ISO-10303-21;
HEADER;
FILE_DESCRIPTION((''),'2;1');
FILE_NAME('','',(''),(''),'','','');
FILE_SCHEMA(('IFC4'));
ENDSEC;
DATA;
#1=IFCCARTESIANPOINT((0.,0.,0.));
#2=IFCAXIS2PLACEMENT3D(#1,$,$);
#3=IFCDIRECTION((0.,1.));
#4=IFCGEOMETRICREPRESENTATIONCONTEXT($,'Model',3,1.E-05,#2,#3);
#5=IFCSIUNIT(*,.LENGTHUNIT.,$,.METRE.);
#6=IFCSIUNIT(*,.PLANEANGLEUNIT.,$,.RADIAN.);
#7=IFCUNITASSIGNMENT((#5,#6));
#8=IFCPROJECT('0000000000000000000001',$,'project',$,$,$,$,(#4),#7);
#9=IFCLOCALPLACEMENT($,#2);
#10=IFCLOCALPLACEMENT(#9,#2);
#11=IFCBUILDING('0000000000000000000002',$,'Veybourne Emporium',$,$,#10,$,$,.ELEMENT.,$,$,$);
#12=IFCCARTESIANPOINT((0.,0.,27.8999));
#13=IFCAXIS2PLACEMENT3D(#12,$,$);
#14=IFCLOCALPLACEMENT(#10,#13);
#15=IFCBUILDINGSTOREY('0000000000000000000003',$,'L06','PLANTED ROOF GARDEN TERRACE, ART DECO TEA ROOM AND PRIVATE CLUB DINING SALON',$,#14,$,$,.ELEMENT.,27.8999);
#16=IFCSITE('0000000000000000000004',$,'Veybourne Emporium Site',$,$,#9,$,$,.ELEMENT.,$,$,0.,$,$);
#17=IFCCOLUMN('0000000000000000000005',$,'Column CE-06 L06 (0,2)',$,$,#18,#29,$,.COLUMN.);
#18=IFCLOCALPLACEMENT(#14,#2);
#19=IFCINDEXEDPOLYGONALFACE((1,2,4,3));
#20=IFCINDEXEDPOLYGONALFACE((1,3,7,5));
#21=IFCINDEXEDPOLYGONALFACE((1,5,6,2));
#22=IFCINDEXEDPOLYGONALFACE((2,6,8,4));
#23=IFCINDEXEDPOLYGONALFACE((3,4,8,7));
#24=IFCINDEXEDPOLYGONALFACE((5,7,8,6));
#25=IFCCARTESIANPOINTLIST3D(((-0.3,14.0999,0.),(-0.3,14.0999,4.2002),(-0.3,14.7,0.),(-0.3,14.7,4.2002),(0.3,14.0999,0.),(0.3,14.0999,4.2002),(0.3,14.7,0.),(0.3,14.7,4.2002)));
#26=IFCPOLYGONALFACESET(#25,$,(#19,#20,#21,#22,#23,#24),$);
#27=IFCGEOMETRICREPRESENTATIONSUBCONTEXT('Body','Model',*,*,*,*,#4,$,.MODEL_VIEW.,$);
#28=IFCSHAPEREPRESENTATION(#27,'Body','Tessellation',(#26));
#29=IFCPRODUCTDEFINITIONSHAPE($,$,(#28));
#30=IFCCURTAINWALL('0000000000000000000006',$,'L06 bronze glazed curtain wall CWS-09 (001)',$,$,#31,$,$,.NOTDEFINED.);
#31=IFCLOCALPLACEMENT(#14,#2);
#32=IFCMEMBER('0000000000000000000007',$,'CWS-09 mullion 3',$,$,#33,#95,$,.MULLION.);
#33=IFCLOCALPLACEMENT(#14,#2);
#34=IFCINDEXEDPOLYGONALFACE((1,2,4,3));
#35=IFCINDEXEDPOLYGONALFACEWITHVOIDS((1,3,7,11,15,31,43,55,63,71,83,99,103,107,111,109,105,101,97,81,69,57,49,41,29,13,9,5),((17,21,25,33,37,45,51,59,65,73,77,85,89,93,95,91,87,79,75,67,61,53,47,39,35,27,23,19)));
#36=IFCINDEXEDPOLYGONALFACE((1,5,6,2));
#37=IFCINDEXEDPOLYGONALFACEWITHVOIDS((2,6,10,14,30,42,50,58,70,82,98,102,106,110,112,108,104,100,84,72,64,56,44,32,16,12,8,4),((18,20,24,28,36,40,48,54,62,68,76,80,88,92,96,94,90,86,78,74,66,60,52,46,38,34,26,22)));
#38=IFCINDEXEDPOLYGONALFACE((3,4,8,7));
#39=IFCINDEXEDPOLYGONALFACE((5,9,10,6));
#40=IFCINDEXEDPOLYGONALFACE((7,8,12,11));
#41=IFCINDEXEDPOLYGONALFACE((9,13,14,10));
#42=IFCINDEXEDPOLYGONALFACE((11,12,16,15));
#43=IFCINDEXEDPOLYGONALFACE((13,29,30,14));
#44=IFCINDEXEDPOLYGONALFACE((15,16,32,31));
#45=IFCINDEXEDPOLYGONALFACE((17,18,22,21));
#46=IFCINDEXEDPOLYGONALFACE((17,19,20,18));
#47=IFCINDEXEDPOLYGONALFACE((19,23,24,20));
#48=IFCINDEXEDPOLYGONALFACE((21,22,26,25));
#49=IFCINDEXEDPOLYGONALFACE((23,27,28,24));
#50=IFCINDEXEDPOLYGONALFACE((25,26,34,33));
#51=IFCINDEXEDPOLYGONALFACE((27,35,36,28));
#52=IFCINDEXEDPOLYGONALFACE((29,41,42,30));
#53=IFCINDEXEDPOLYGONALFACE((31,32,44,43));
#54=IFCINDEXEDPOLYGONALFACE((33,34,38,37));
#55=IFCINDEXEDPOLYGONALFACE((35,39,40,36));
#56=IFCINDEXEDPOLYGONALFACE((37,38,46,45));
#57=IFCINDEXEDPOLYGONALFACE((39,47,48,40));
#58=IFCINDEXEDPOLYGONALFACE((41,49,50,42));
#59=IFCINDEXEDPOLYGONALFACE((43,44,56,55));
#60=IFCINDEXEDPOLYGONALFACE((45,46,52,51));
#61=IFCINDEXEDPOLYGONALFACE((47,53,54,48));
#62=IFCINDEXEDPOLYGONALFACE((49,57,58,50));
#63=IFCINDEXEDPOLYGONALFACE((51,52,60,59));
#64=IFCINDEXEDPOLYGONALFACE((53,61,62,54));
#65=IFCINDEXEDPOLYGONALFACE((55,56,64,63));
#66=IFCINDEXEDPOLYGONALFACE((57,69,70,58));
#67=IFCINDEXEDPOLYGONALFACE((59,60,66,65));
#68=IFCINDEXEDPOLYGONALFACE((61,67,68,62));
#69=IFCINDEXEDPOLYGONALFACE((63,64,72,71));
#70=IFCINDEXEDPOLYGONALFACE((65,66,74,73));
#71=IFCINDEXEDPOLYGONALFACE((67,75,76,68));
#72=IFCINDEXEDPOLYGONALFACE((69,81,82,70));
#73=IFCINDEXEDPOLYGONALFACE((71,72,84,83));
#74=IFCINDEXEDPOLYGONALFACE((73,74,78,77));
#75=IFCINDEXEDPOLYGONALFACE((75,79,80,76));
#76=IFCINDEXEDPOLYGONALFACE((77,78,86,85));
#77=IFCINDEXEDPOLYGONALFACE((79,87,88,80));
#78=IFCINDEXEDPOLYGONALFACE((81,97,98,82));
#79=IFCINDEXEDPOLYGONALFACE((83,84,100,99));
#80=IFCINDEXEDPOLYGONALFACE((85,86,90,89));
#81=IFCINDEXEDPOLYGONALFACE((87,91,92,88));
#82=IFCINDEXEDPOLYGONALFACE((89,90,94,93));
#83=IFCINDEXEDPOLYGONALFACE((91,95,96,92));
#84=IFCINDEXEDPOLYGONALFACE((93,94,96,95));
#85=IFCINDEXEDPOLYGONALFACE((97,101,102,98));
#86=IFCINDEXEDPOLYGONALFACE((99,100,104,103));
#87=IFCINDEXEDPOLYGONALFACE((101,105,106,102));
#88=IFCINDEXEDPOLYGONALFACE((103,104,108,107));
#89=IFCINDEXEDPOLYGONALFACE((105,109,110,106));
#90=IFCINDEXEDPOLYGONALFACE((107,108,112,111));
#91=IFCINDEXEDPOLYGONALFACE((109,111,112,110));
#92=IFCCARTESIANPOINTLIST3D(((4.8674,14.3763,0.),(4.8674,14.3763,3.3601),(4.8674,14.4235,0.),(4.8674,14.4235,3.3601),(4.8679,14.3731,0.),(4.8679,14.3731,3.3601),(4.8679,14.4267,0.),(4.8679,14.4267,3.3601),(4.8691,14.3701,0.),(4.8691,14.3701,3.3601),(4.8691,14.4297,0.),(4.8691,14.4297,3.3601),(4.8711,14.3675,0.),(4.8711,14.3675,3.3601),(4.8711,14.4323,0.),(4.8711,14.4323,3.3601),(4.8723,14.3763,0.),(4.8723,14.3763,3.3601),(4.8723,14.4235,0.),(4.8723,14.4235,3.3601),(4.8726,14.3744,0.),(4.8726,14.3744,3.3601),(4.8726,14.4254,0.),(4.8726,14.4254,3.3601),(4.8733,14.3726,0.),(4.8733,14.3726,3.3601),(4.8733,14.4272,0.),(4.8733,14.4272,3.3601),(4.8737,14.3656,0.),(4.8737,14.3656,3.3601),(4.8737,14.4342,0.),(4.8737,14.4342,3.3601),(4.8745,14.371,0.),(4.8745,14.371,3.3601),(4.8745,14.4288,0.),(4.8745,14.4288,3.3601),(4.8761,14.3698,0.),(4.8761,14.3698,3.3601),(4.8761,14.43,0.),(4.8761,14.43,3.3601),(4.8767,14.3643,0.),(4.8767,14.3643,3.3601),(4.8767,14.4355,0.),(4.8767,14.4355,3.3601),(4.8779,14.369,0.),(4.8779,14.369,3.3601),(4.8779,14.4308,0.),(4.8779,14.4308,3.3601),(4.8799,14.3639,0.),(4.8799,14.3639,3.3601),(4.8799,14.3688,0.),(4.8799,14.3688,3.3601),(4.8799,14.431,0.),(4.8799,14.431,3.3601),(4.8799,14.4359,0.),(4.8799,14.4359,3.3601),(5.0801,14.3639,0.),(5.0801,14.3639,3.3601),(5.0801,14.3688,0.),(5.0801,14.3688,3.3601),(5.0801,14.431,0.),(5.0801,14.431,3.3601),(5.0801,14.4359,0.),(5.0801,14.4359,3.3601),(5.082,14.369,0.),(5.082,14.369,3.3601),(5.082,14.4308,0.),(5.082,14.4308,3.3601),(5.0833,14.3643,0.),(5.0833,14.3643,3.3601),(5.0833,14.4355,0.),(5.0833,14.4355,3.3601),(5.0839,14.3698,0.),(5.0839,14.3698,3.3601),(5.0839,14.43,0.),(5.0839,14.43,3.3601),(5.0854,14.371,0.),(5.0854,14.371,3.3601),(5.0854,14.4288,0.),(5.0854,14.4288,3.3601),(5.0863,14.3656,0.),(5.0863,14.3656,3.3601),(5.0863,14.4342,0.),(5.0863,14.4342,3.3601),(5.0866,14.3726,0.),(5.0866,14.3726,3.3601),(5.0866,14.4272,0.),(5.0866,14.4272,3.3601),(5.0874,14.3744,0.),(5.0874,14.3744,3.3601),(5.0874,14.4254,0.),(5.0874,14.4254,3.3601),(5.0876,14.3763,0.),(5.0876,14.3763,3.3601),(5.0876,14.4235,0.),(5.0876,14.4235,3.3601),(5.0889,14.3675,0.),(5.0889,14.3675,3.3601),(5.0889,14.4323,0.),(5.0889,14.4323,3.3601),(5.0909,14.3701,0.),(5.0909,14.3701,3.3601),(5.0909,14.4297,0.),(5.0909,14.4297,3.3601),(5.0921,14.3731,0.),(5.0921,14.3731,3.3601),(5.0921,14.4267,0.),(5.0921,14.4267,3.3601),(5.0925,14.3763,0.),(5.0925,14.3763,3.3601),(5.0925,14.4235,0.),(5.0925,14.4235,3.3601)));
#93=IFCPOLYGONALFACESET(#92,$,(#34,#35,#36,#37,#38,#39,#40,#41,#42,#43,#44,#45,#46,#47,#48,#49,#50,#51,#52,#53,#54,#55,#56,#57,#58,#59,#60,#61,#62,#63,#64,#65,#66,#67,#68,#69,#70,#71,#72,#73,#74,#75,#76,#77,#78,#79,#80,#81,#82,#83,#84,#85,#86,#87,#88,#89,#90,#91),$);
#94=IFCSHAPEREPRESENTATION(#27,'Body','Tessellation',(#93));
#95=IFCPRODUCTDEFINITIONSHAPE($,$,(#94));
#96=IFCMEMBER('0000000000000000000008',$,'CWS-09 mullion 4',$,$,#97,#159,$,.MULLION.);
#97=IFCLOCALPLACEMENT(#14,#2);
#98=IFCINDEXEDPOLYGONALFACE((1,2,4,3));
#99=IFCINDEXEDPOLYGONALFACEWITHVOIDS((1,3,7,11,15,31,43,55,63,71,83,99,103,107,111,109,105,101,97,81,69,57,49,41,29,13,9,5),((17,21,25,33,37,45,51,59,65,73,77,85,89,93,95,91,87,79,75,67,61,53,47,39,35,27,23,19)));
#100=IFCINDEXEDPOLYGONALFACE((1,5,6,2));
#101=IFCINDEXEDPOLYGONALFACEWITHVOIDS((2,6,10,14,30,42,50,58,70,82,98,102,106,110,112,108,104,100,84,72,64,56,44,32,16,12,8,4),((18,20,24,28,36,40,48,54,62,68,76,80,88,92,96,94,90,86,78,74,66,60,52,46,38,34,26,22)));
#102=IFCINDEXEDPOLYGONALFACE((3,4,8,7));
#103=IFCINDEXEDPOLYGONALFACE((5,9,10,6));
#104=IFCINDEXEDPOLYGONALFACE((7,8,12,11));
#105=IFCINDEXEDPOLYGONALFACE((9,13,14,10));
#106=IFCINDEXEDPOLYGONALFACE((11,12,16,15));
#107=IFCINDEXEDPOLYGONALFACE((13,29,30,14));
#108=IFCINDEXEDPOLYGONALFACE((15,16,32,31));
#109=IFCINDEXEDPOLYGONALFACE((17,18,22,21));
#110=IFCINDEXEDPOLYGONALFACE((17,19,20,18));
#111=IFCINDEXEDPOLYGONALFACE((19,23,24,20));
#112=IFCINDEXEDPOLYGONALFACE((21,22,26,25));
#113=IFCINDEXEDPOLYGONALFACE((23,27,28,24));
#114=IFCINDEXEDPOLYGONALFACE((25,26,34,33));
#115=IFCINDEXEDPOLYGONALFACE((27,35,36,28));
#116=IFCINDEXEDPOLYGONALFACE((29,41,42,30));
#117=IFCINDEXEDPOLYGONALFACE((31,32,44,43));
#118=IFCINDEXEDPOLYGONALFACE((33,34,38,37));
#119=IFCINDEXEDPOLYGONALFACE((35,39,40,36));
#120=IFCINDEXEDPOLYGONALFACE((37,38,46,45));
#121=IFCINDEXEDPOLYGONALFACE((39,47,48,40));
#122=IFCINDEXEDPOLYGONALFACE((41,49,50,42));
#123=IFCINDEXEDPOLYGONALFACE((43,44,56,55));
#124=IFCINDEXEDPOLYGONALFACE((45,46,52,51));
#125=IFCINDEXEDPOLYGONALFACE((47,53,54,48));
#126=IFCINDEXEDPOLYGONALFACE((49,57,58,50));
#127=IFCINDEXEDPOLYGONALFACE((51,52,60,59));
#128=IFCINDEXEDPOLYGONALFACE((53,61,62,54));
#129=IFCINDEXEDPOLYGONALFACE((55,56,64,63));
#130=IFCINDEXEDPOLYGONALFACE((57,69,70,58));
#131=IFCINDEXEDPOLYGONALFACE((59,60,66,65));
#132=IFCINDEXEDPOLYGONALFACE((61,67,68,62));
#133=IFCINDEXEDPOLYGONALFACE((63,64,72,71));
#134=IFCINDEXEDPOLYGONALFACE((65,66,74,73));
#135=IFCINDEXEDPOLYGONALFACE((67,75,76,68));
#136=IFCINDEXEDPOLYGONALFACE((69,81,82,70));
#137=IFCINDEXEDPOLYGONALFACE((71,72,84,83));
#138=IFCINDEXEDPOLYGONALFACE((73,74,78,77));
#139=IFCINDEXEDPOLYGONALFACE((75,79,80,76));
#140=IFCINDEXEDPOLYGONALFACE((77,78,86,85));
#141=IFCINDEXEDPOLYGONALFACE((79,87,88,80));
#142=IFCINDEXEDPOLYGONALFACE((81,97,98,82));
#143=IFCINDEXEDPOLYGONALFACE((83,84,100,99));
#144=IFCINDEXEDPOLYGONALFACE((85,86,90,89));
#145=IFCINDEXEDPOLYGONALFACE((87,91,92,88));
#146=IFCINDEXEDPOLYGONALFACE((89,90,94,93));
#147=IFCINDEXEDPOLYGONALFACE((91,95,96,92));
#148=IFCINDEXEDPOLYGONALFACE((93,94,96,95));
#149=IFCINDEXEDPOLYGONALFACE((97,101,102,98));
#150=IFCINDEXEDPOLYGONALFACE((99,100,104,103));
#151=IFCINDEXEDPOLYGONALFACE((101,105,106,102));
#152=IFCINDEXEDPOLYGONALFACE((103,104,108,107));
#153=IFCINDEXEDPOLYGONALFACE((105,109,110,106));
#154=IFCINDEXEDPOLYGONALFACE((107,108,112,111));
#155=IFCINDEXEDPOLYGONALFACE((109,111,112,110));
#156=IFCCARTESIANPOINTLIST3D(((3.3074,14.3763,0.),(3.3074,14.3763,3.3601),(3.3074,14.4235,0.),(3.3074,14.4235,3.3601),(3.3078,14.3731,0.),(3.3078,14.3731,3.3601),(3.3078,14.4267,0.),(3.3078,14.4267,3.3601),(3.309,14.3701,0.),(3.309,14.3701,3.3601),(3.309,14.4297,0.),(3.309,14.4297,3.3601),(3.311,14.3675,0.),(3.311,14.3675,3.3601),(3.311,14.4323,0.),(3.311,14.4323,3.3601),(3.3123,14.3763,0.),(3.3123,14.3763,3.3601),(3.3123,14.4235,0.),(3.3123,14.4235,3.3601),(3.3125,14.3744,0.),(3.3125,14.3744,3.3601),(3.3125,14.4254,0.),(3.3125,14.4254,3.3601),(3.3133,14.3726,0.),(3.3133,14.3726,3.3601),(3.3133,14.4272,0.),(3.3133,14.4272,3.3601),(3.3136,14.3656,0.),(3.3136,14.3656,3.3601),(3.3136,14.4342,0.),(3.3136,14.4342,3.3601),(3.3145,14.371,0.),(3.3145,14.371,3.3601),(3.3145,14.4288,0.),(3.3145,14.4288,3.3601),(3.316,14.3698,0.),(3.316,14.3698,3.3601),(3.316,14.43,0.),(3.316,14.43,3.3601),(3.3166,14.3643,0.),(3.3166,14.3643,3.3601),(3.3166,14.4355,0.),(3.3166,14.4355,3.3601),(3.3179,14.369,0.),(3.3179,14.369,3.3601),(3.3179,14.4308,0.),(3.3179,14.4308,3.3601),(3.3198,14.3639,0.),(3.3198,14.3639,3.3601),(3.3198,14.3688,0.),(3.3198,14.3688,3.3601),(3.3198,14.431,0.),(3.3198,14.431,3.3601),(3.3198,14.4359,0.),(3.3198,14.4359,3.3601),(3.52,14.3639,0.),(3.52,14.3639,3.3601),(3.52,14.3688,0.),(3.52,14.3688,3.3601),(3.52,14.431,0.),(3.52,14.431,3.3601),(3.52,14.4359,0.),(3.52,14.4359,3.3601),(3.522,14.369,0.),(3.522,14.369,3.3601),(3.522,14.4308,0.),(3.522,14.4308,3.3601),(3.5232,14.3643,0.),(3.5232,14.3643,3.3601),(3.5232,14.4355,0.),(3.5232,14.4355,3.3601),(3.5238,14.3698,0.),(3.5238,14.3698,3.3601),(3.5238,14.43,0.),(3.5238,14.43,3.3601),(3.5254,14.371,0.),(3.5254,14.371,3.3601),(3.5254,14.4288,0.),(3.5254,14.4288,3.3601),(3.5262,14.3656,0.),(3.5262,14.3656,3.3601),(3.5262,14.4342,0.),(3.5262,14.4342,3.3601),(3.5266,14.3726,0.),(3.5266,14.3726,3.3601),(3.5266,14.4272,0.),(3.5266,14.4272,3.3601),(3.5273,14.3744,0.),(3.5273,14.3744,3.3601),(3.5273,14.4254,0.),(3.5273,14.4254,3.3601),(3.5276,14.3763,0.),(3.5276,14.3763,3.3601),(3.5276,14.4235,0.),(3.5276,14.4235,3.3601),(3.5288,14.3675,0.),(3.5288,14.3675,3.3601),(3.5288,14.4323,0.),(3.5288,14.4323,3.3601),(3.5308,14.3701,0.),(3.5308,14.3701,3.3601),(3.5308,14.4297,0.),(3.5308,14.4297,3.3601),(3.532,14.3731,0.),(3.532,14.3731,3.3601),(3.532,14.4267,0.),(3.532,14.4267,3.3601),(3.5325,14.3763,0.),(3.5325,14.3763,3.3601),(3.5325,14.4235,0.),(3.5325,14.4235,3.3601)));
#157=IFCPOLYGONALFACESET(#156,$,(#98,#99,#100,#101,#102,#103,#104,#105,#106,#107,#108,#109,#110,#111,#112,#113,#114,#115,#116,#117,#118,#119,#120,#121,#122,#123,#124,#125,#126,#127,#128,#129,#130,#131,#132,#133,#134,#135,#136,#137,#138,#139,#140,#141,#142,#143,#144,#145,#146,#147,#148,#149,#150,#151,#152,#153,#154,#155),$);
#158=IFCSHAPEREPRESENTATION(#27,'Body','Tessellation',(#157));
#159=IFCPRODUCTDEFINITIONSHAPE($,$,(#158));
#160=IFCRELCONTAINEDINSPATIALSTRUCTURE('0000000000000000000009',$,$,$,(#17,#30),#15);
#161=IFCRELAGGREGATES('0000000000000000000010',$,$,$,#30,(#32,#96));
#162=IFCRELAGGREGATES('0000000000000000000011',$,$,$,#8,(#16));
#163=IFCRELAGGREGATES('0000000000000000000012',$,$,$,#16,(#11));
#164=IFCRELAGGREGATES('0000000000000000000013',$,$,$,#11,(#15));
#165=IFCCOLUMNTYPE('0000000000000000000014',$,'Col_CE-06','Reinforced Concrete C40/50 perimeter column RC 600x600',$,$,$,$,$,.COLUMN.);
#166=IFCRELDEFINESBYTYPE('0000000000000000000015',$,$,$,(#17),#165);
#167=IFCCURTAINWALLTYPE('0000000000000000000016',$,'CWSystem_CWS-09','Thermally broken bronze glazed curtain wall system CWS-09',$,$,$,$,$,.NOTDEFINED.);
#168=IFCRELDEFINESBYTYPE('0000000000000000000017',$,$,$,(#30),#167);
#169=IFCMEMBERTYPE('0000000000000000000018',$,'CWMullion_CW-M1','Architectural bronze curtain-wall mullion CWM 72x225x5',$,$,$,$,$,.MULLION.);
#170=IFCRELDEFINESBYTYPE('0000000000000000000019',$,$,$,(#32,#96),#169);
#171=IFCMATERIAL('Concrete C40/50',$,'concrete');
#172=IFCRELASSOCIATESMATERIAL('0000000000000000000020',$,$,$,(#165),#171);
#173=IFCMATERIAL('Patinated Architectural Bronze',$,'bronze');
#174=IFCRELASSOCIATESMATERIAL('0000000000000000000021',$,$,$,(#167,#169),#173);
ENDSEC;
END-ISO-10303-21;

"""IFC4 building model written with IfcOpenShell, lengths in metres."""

from ifc_helpers import new_model, si_unit, direction, frame, origin, origin_2d, place, context, subcontext, project, spatial, rectangle, hollow_rectangle, extrude, material, material_profile, profile_set, type_object, element, aggregate, save


model = new_model("IFC4")

# Units and contexts
model_context = context("Model", 3, precision=1e-05, world=origin(), true_north=direction((0.0, 1.0)))
body_context = subcontext(model_context, "Body", "Model", "MODEL_VIEW")
ifc_project = project(units=[si_unit("LENGTHUNIT", "METRE"), si_unit("PLANEANGLEUNIT", "RADIAN")], contexts=[model_context])

# Site, building, storey
site_placement = place(None, origin())
site = spatial("IfcSite", under=ifc_project, at=site_placement, Name="Veybourne Emporium Site", CompositionType="ELEMENT", RefElevation=0.0)
building_placement = place(site_placement, origin())
building = spatial("IfcBuilding", under=site, at=building_placement, Name="Veybourne Emporium", CompositionType="ELEMENT")
storey_placement = place(building_placement, frame((0.0, 0.0, 27.8999)))
storey = spatial("IfcBuildingStorey", under=building, at=storey_placement, Name="L06", Description="PLANTED ROOF GARDEN TERRACE, ART DECO TEA ROOM AND PRIVATE CLUB DINING SALON", CompositionType="ELEMENT", Elevation=27.8999)

# Column
ifc_material_1 = material(Name="Concrete C40/50", Category="concrete")
ifc_material_profile_1 = material_profile(ifc_material_1, rectangle(XDim=0.6001, YDim=0.6001, at=origin_2d()), Name="RC 600x600")
ifc_profile_set_1 = profile_set([ifc_material_profile_1], Name="Concrete C40/50")
column_type = type_object("IfcColumnType", Name="Col_CE-06", Description="Reinforced Concrete C40/50 perimeter column RC 600x600", PredefinedType="COLUMN", material=ifc_profile_set_1)
column_placement = place(storey_placement, frame((0.0, 14.3999, 0.0), z_axis=(0.0, 0.0, 1.0), x_axis=(1.0, 0.0, 0.0)))
element("IfcColumn", 1, at=column_placement, inside=storey, type_object=column_type, Name="Column CE-06 L06 (0,2)", PredefinedType="COLUMN", context=body_context, shape_type="SweptSolid", body=[
    extrude(rectangle(XDim=0.6001, YDim=0.6001, at=origin_2d()), origin(), (0.0, 0.0, 1.0), 4.2002),
])

# Curtain wall, members
ifc_material_2 = material(Name="Patinated Architectural Bronze", Category="bronze")
curtain_wall_type = type_object("IfcCurtainWallType", Name="CWSystem_CWS-09", Description="Thermally broken bronze glazed curtain wall system CWS-09", PredefinedType="NOTDEFINED", material=ifc_material_2)
curtain_wall_placement = place(storey_placement, origin())
curtain_wall = element("IfcCurtainWall", 2, at=curtain_wall_placement, inside=storey, type_object=curtain_wall_type, Name="L06 bronze glazed curtain wall CWS-09 (001)", PredefinedType="NOTDEFINED")
ifc_material_profile_2 = material_profile(ifc_material_2, hollow_rectangle(XDim=0.072, YDim=0.2251, WallThickness=0.0049, InnerFilletRadius=0.0076, OuterFilletRadius=0.0125, at=origin_2d()), Name="CWM 72x225x5")
ifc_profile_set_2 = profile_set([ifc_material_profile_2], Name="Patinated Architectural Bronze")
member_type_1 = type_object("IfcMemberType", Name="CWMullion_CW-M1", Description="Architectural bronze curtain-wall mullion CWM 72x225x5", PredefinedType="MULLION", material=ifc_profile_set_2)
member_1_placement = place(storey_placement, frame((4.98, 14.3999, 0.0), z_axis=(0.0, 0.0, 1.0), x_axis=(0.0, -1.0, 0.0)))
member_1 = element("IfcMember", 3, at=member_1_placement, type_object=member_type_1, Name="CWS-09 mullion 3", PredefinedType="MULLION", context=body_context, shape_type="SweptSolid", body=[
    extrude(hollow_rectangle(XDim=0.072, YDim=0.2251, WallThickness=0.0049, InnerFilletRadius=0.0076, OuterFilletRadius=0.0125, at=origin_2d()), origin(), (0.0, 0.0, 1.0), 3.3601),
])
member_2_placement = place(storey_placement, frame((3.4199, 14.3999, 0.0), z_axis=(0.0, 0.0, 1.0), x_axis=(0.0, -1.0, 0.0)))
member_2 = element("IfcMember", 4, at=member_2_placement, type_object=member_type_1, Name="CWS-09 mullion 4", PredefinedType="MULLION", context=body_context, shape_type="SweptSolid", body=[
    extrude(hollow_rectangle(XDim=0.072, YDim=0.2251, WallThickness=0.0049, InnerFilletRadius=0.0076, OuterFilletRadius=0.0125, at=origin_2d()), origin(), (0.0, 0.0, 1.0), 3.3601),
])

aggregate(curtain_wall, [member_1, member_2])

save(model, "model.ifc")
